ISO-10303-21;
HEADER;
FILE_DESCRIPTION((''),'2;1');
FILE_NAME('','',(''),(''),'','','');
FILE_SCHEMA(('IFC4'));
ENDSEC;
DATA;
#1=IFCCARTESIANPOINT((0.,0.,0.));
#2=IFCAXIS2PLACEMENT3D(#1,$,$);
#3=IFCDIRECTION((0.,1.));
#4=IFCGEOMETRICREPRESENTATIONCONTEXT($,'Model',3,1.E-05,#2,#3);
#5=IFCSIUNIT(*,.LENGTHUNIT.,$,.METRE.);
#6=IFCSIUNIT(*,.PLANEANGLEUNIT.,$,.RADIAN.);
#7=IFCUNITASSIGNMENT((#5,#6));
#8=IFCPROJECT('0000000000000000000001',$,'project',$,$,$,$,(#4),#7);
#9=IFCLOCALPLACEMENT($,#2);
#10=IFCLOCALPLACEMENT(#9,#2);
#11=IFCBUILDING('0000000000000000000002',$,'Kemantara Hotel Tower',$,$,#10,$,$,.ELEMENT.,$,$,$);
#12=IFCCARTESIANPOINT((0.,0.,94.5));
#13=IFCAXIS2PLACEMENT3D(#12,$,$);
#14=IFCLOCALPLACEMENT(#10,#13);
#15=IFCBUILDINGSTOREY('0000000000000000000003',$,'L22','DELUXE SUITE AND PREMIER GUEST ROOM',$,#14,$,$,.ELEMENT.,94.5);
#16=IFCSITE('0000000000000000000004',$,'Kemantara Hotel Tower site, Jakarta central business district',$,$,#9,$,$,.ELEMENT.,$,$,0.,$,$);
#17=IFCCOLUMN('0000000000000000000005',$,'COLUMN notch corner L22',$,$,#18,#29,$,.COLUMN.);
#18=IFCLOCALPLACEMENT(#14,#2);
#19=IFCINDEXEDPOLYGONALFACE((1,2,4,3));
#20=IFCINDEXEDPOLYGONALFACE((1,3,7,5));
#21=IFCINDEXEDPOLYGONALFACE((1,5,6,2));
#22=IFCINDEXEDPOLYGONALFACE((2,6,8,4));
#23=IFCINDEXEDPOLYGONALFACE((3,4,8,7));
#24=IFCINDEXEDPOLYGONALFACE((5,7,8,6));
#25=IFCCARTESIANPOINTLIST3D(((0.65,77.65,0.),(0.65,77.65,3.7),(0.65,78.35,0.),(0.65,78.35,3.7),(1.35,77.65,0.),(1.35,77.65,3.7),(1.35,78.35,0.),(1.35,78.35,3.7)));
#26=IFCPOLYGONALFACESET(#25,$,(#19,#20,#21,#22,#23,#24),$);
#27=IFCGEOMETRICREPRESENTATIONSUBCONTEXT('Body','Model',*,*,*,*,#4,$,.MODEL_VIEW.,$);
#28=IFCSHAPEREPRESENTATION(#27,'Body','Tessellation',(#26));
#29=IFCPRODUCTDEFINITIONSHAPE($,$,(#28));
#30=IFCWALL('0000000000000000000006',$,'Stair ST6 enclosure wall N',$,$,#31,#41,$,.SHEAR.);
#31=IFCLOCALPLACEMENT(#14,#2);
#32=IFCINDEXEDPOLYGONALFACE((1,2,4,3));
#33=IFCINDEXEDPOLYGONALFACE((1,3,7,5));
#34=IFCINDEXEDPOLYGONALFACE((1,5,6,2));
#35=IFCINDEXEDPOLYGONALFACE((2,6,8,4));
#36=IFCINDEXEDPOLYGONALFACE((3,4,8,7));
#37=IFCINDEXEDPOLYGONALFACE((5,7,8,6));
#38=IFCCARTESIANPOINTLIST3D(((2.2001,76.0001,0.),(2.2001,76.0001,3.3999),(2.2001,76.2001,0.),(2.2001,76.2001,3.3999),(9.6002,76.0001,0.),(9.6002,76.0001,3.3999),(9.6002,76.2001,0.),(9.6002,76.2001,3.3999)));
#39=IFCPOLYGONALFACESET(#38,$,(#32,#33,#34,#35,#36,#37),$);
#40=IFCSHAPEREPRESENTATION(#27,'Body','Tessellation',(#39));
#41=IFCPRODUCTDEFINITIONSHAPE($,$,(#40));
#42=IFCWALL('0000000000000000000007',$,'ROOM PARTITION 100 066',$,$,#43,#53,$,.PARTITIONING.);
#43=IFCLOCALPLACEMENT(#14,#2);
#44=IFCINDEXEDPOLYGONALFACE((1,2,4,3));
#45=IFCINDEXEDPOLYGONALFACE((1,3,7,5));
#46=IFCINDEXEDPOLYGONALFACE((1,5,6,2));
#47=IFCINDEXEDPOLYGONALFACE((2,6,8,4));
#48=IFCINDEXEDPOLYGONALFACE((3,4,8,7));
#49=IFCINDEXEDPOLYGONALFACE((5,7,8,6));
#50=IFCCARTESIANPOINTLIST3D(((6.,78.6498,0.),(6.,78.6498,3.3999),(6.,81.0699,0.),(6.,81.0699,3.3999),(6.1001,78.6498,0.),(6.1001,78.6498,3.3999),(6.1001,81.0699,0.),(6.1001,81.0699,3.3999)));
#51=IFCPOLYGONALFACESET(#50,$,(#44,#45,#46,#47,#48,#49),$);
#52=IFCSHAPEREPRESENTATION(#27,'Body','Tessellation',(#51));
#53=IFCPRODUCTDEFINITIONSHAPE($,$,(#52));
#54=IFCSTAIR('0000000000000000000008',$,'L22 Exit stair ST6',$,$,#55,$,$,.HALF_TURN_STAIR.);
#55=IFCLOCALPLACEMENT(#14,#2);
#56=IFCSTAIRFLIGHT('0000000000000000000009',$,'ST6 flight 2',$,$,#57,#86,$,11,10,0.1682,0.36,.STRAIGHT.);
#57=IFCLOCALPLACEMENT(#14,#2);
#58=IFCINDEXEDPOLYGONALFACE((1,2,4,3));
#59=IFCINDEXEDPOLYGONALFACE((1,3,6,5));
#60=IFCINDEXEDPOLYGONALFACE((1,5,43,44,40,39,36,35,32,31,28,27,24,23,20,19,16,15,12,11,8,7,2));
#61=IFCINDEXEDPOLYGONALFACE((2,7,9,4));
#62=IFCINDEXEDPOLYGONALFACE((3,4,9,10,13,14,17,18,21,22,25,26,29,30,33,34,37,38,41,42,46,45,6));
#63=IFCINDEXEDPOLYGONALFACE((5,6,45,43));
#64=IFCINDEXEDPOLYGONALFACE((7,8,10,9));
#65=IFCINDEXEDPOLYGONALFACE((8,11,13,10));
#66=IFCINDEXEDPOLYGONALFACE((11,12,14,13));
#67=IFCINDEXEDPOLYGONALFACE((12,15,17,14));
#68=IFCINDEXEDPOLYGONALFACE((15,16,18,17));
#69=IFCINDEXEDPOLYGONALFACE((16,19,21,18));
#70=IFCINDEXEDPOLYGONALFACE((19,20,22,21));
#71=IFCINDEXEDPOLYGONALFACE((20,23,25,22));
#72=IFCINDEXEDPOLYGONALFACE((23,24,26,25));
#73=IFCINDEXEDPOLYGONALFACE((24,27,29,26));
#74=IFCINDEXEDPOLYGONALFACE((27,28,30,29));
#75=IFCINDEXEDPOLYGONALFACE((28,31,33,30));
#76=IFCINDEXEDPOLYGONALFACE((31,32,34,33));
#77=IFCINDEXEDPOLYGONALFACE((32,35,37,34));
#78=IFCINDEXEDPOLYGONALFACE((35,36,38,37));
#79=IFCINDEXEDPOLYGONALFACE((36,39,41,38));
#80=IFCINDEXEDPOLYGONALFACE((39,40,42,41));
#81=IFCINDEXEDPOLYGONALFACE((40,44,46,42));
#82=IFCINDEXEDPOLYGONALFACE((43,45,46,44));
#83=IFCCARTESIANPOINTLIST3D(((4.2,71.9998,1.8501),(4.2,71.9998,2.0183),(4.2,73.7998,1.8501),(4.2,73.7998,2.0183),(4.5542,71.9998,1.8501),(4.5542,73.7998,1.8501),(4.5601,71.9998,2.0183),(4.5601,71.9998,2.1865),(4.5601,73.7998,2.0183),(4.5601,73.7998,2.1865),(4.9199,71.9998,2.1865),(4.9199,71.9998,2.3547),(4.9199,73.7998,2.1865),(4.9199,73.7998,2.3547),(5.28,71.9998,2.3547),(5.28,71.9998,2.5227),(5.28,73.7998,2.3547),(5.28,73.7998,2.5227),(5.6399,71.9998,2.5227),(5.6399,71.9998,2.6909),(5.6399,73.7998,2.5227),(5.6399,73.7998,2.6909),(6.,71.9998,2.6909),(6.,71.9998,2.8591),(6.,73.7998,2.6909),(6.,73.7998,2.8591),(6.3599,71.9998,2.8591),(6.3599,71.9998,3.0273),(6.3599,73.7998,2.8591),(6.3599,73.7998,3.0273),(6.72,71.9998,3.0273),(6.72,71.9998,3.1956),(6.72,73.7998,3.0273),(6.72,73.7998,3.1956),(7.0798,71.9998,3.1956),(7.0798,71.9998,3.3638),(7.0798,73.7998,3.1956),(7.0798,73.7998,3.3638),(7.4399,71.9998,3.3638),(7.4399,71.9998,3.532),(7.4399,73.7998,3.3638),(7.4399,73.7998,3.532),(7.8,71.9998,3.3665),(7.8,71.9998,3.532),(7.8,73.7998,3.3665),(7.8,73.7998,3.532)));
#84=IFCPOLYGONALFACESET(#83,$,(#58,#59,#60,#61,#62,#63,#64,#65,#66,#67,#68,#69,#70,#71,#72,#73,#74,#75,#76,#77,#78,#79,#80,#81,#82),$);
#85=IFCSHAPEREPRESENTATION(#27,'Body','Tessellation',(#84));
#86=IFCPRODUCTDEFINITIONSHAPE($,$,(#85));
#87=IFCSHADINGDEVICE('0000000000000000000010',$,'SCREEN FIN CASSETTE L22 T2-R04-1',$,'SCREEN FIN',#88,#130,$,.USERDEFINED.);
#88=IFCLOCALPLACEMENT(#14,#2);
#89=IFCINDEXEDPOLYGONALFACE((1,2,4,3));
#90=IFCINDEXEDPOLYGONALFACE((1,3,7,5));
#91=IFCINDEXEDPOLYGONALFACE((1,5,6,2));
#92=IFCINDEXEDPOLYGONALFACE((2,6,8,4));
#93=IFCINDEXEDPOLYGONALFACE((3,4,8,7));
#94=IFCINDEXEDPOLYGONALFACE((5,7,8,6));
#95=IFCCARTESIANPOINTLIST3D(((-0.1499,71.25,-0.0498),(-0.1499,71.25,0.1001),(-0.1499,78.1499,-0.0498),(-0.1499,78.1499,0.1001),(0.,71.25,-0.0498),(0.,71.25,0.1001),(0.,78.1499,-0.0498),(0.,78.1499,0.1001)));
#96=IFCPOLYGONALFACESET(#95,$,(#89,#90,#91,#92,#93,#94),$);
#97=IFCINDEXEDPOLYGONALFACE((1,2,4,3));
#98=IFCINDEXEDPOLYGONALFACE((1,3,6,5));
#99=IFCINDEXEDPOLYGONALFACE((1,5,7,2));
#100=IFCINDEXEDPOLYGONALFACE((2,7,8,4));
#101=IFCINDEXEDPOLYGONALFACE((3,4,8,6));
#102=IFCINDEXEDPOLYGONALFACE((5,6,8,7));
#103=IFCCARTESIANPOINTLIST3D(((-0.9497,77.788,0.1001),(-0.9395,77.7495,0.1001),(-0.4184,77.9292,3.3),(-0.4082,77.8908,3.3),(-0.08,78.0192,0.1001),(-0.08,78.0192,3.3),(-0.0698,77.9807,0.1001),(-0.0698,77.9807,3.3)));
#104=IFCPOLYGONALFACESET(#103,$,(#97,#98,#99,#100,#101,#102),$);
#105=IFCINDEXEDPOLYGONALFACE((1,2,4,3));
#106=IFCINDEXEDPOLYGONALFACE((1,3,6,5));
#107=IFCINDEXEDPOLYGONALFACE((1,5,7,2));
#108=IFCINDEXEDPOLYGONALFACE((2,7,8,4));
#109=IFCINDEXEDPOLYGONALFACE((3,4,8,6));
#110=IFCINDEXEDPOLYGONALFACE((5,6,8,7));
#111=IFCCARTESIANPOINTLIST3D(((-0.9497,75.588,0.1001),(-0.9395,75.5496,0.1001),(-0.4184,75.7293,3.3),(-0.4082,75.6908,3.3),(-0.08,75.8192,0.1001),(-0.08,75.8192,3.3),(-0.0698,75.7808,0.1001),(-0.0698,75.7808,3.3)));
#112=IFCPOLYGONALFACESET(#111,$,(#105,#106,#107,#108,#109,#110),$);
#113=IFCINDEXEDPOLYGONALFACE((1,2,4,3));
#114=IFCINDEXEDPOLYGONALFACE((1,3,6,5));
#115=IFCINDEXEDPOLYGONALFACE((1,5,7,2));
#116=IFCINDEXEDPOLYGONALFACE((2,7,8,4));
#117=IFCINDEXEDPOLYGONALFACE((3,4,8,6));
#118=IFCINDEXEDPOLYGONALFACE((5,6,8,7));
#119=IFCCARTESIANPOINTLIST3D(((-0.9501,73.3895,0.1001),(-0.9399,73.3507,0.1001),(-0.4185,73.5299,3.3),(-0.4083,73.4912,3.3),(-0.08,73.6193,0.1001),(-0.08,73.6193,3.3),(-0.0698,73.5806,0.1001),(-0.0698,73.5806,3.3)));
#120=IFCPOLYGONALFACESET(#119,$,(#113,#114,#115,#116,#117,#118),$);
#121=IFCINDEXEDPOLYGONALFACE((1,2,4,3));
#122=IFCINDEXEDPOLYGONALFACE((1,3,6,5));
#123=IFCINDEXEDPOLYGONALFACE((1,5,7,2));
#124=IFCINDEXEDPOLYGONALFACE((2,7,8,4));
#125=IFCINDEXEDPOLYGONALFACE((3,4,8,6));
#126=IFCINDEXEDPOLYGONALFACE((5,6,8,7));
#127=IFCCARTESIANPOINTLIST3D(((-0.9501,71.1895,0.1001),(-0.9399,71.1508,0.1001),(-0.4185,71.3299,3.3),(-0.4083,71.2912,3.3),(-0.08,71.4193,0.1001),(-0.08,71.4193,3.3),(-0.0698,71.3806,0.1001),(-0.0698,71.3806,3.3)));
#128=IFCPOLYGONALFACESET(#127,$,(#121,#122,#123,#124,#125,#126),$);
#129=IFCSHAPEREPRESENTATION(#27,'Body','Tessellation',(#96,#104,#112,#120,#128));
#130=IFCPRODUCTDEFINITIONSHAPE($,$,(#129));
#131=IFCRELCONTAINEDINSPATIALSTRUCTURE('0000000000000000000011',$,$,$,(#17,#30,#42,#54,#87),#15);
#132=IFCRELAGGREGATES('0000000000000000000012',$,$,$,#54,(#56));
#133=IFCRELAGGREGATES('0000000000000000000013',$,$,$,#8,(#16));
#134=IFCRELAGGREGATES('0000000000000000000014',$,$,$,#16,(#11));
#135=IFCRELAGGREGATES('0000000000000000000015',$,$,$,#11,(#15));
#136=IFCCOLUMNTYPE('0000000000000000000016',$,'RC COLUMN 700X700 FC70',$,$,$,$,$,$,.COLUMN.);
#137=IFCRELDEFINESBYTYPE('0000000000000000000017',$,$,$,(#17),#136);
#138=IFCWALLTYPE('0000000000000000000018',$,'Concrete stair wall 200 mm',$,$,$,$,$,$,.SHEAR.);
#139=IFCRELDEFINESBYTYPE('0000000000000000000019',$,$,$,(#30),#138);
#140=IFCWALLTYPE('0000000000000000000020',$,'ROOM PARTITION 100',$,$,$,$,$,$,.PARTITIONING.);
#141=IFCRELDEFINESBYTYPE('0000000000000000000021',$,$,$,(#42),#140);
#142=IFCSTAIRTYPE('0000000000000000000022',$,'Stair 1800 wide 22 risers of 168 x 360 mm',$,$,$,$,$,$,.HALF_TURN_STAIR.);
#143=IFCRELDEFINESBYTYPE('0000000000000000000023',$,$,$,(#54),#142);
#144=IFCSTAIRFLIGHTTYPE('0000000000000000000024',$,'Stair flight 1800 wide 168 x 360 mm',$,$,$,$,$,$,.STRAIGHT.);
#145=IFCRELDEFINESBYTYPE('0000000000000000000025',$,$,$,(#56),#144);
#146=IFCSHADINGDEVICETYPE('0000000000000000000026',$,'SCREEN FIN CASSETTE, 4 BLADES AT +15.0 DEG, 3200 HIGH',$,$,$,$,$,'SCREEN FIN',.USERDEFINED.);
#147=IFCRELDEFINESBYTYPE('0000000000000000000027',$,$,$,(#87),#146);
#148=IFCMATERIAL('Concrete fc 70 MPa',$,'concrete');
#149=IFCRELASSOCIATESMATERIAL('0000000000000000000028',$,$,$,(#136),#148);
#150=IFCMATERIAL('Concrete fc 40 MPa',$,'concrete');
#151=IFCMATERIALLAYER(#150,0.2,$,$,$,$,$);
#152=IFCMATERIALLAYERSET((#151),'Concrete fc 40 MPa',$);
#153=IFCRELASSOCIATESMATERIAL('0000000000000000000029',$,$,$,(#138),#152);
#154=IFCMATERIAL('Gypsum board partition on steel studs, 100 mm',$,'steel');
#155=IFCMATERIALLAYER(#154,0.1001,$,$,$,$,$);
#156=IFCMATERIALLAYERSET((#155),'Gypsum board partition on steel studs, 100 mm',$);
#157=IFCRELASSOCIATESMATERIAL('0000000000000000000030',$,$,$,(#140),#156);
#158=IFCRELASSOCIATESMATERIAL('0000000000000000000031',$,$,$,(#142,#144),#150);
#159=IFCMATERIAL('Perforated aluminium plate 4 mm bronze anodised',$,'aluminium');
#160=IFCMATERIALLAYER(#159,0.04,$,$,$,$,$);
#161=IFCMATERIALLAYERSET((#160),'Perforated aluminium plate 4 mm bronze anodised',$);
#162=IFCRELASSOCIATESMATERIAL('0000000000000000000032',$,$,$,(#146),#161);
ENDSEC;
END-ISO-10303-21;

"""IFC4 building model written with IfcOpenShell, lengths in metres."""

from ifc_helpers import new_model, si_unit, direction, frame, frame_2d, origin, origin_2d, place, context, subcontext, project, spatial, polyline, rectangle, outline, extrude, source, transform, mapped, material, layer, layer_set, material_profile, profile_set, type_object, element, aggregate, save


model = new_model("IFC4")

# Units and contexts
model_context = context("Model", 3, precision=1e-05, world=origin(), true_north=direction((0.0, 1.0)))
body_context = subcontext(model_context, "Body", "Model", "MODEL_VIEW")
ifc_project = project(units=[si_unit("LENGTHUNIT", "METRE"), si_unit("PLANEANGLEUNIT", "RADIAN")], contexts=[model_context])

# Site, building, storey
site_placement = place(None, origin())
site = spatial("IfcSite", under=ifc_project, at=site_placement, Name="Kemantara Hotel Tower site, Jakarta central business district", CompositionType="ELEMENT", RefElevation=0.0)
building_placement = place(site_placement, origin())
building = spatial("IfcBuilding", under=site, at=building_placement, Name="Kemantara Hotel Tower", CompositionType="ELEMENT")
storey_placement = place(building_placement, frame((0.0, 0.0, 94.5)))
storey = spatial("IfcBuildingStorey", under=building, at=storey_placement, Name="L22", Description="DELUXE SUITE AND PREMIER GUEST ROOM", CompositionType="ELEMENT", Elevation=94.5)

# Column
ifc_material_1 = material(Name="Concrete fc 70 MPa", Category="concrete")
ifc_material_profile = material_profile(ifc_material_1, rectangle(XDim=0.7, YDim=0.7, at=origin_2d()), Name="RC 700X700")
ifc_profile_set = profile_set([ifc_material_profile], Name="Concrete fc 70 MPa")
column_type = type_object("IfcColumnType", Name="RC COLUMN 700X700 FC70", PredefinedType="COLUMN", material=ifc_profile_set)
column_placement = place(storey_placement, frame((1.0, 78.0, 0.0), z_axis=(0.0, 0.0, 1.0), x_axis=(1.0, 0.0, 0.0)))
element("IfcColumn", 1, at=column_placement, inside=storey, type_object=column_type, Name="COLUMN notch corner L22", PredefinedType="COLUMN", context=body_context, shape_type="SweptSolid", body=[
    extrude(rectangle(XDim=0.7, YDim=0.7, at=origin_2d()), origin(), (0.0, 0.0, 1.0), 3.7),
])

# Walls
ifc_material_2 = material(Name="Concrete fc 40 MPa", Category="concrete")
ifc_layer_1 = layer(ifc_material_2, 0.2)
ifc_layer_set_1 = layer_set([ifc_layer_1], Name="Concrete fc 40 MPa")
wall_type_1 = type_object("IfcWallType", Name="Concrete stair wall 200 mm", PredefinedType="SHEAR", material=ifc_layer_set_1)
wall_1_placement = place(storey_placement, frame((2.2, 76.1001, 0.0), z_axis=(0.0, 0.0, 1.0), x_axis=(1.0, 0.0, 0.0)))
element("IfcWall", 2, at=wall_1_placement, inside=storey, type_object=wall_type_1, Name="Stair ST6 enclosure wall N", PredefinedType="SHEAR", context=body_context, shape_type="SweptSolid", body=[
    extrude(rectangle(XDim=7.4001, YDim=0.2, at=frame_2d((3.7002, 0.0))), origin(), (0.0, 0.0, 1.0), 3.3999),
])
ifc_material_3 = material(Name="Gypsum board partition on steel studs, 100 mm", Category="steel")
ifc_layer_2 = layer(ifc_material_3, 0.1001)
ifc_layer_set_2 = layer_set([ifc_layer_2], Name="Gypsum board partition on steel studs, 100 mm")
wall_type_2 = type_object("IfcWallType", Name="ROOM PARTITION 100", PredefinedType="PARTITIONING", material=ifc_layer_set_2)
wall_2_placement = place(storey_placement, frame((6.05, 78.6499, 0.0), z_axis=(0.0, 0.0, 1.0), x_axis=(0.0, 1.0, 0.0)))
element("IfcWall", 3, at=wall_2_placement, inside=storey, type_object=wall_type_2, Name="ROOM PARTITION 100 066", PredefinedType="PARTITIONING", context=body_context, shape_type="SweptSolid", body=[
    extrude(rectangle(XDim=2.4202, YDim=0.1001, at=frame_2d((1.21, 0.0))), origin(), (0.0, 0.0, 1.0), 3.3999),
])

# Stair, stair flight
stair_type = type_object("IfcStairType", Name="Stair 1800 wide 22 risers of 168 x 360 mm", PredefinedType="HALF_TURN_STAIR", material=ifc_material_2)
stair_placement = place(storey_placement, origin())
stair = element("IfcStair", 4, at=stair_placement, inside=storey, type_object=stair_type, Name="L22 Exit stair ST6", PredefinedType="HALF_TURN_STAIR")
stair_flight_type = type_object("IfcStairFlightType", Name="Stair flight 1800 wide 168 x 360 mm", PredefinedType="STRAIGHT", material=ifc_material_2)
stair_flight_placement = place(storey_placement, frame((4.2, 72.8999, 1.8501), z_axis=(0.0, 0.0, 1.0), x_axis=(1.0, 0.0, 0.0)))
stair_flight = element("IfcStairFlight", 5, at=stair_flight_placement, type_object=stair_flight_type, Name="ST6 flight 2", NumberOfRisers=11, NumberOfTreads=10, PredefinedType="STRAIGHT", RiserHeight=0.1682, TreadLength=0.36, context=body_context, shape_type="SweptSolid", body=[
    extrude(outline(polyline([(0.0, 0.0), (0.0, 0.1682), (0.3601, 0.1682), (0.3601, 0.3364), (0.72, 0.3364), (0.72, 0.5046), (1.0801, 0.5046), (1.0801, 0.6726), (1.4399, 0.6726), (1.4399, 0.8408), (1.8, 0.8408), (1.8, 1.009), (2.1599, 1.009), (2.1599, 1.1772), (2.52, 1.1772), (2.52, 1.3455), (2.8799, 1.3455), (2.8799, 1.5137), (3.24, 1.5137), (3.24, 1.6819), (3.6001, 1.6819), (3.6001, 1.8501), (3.6001, 1.5164), (0.3542, 0.0), (0.0, 0.0)])), frame((0.0, 0.8999, 0.0), z_axis=(0.0, -1.0, 0.0), x_axis=(1.0, 0.0, 0.0)), (0.0, 0.0, 1.0), 1.8),
])
aggregate(stair, [stair_flight])

# Shading device
ifc_material_4 = material(Name="Perforated aluminium plate 4 mm bronze anodised", Category="aluminium")
ifc_layer_3 = layer(ifc_material_4, 0.04)
ifc_layer_set_3 = layer_set([ifc_layer_3], Name="Perforated aluminium plate 4 mm bronze anodised")
shading_device_type = type_object("IfcShadingDeviceType", Name="SCREEN FIN CASSETTE, 4 BLADES AT +15.0 DEG, 3200 HIGH", ElementType="SCREEN FIN", PredefinedType="USERDEFINED", material=ifc_layer_set_3)
shared_shape = source(origin(), body_context, "Body", "SweptSolid", [
    extrude(rectangle(XDim=6.8999, YDim=0.1499, at=origin_2d()), frame((3.3, -0.075, -0.1499), z_axis=(0.0, 0.0, 1.0), x_axis=(1.0, 0.0, 0.0)), (0.0, 0.0, 1.0), 0.1499),
    extrude(outline(polyline([(0.0, 0.0), (0.8999, 0.0), (0.3501, 3.2), (0.0, 3.2), (0.0, 0.0)])), frame((0.0193, -0.0698, 0.0), z_axis=(-0.966438, -0.256901, 0.0), x_axis=(0.256901, -0.966438, 0.0)), (0.0, 0.0, 1.0), 0.0398),
    extrude(outline(polyline([(0.0, 0.0), (0.8999, 0.0), (0.3501, 3.2), (0.0, 3.2), (0.0, 0.0)])), frame((2.2192, -0.0698, 0.0), z_axis=(-0.966438, -0.256901, 0.0), x_axis=(0.256901, -0.966438, 0.0)), (0.0, 0.0, 1.0), 0.0398),
    extrude(outline(polyline([(0.0, 0.0), (0.8999, 0.0), (0.3501, 3.2), (0.0, 3.2), (0.0, 0.0)])), frame((4.4194, -0.0698, 0.0), z_axis=(-0.966838, -0.255391, 0.0), x_axis=(0.255391, -0.966838, 0.0)), (0.0, 0.0, 1.0), 0.04),
    extrude(outline(polyline([(0.0, 0.0), (0.8999, 0.0), (0.3501, 3.2), (0.0, 3.2), (0.0, 0.0)])), frame((6.6194, -0.0698, 0.0), z_axis=(-0.966838, -0.255391, 0.0), x_axis=(0.255391, -0.966838, 0.0)), (0.0, 0.0, 1.0), 0.04),
])
shading_device_placement = place(storey_placement, frame((0.0, 78.0, 0.1001), z_axis=(0.0, 0.0, 1.0), x_axis=(0.0, -1.0, 0.0)))
element("IfcShadingDevice", 6, at=shading_device_placement, inside=storey, type_object=shading_device_type, Name="SCREEN FIN CASSETTE L22 T2-R04-1", ObjectType="SCREEN FIN", PredefinedType="USERDEFINED", context=body_context, shape_type="MappedRepresentation", body=[
    mapped(shared_shape, transform((0.0, 0.0, 0.0))),
])

save(model, "model.ifc")
